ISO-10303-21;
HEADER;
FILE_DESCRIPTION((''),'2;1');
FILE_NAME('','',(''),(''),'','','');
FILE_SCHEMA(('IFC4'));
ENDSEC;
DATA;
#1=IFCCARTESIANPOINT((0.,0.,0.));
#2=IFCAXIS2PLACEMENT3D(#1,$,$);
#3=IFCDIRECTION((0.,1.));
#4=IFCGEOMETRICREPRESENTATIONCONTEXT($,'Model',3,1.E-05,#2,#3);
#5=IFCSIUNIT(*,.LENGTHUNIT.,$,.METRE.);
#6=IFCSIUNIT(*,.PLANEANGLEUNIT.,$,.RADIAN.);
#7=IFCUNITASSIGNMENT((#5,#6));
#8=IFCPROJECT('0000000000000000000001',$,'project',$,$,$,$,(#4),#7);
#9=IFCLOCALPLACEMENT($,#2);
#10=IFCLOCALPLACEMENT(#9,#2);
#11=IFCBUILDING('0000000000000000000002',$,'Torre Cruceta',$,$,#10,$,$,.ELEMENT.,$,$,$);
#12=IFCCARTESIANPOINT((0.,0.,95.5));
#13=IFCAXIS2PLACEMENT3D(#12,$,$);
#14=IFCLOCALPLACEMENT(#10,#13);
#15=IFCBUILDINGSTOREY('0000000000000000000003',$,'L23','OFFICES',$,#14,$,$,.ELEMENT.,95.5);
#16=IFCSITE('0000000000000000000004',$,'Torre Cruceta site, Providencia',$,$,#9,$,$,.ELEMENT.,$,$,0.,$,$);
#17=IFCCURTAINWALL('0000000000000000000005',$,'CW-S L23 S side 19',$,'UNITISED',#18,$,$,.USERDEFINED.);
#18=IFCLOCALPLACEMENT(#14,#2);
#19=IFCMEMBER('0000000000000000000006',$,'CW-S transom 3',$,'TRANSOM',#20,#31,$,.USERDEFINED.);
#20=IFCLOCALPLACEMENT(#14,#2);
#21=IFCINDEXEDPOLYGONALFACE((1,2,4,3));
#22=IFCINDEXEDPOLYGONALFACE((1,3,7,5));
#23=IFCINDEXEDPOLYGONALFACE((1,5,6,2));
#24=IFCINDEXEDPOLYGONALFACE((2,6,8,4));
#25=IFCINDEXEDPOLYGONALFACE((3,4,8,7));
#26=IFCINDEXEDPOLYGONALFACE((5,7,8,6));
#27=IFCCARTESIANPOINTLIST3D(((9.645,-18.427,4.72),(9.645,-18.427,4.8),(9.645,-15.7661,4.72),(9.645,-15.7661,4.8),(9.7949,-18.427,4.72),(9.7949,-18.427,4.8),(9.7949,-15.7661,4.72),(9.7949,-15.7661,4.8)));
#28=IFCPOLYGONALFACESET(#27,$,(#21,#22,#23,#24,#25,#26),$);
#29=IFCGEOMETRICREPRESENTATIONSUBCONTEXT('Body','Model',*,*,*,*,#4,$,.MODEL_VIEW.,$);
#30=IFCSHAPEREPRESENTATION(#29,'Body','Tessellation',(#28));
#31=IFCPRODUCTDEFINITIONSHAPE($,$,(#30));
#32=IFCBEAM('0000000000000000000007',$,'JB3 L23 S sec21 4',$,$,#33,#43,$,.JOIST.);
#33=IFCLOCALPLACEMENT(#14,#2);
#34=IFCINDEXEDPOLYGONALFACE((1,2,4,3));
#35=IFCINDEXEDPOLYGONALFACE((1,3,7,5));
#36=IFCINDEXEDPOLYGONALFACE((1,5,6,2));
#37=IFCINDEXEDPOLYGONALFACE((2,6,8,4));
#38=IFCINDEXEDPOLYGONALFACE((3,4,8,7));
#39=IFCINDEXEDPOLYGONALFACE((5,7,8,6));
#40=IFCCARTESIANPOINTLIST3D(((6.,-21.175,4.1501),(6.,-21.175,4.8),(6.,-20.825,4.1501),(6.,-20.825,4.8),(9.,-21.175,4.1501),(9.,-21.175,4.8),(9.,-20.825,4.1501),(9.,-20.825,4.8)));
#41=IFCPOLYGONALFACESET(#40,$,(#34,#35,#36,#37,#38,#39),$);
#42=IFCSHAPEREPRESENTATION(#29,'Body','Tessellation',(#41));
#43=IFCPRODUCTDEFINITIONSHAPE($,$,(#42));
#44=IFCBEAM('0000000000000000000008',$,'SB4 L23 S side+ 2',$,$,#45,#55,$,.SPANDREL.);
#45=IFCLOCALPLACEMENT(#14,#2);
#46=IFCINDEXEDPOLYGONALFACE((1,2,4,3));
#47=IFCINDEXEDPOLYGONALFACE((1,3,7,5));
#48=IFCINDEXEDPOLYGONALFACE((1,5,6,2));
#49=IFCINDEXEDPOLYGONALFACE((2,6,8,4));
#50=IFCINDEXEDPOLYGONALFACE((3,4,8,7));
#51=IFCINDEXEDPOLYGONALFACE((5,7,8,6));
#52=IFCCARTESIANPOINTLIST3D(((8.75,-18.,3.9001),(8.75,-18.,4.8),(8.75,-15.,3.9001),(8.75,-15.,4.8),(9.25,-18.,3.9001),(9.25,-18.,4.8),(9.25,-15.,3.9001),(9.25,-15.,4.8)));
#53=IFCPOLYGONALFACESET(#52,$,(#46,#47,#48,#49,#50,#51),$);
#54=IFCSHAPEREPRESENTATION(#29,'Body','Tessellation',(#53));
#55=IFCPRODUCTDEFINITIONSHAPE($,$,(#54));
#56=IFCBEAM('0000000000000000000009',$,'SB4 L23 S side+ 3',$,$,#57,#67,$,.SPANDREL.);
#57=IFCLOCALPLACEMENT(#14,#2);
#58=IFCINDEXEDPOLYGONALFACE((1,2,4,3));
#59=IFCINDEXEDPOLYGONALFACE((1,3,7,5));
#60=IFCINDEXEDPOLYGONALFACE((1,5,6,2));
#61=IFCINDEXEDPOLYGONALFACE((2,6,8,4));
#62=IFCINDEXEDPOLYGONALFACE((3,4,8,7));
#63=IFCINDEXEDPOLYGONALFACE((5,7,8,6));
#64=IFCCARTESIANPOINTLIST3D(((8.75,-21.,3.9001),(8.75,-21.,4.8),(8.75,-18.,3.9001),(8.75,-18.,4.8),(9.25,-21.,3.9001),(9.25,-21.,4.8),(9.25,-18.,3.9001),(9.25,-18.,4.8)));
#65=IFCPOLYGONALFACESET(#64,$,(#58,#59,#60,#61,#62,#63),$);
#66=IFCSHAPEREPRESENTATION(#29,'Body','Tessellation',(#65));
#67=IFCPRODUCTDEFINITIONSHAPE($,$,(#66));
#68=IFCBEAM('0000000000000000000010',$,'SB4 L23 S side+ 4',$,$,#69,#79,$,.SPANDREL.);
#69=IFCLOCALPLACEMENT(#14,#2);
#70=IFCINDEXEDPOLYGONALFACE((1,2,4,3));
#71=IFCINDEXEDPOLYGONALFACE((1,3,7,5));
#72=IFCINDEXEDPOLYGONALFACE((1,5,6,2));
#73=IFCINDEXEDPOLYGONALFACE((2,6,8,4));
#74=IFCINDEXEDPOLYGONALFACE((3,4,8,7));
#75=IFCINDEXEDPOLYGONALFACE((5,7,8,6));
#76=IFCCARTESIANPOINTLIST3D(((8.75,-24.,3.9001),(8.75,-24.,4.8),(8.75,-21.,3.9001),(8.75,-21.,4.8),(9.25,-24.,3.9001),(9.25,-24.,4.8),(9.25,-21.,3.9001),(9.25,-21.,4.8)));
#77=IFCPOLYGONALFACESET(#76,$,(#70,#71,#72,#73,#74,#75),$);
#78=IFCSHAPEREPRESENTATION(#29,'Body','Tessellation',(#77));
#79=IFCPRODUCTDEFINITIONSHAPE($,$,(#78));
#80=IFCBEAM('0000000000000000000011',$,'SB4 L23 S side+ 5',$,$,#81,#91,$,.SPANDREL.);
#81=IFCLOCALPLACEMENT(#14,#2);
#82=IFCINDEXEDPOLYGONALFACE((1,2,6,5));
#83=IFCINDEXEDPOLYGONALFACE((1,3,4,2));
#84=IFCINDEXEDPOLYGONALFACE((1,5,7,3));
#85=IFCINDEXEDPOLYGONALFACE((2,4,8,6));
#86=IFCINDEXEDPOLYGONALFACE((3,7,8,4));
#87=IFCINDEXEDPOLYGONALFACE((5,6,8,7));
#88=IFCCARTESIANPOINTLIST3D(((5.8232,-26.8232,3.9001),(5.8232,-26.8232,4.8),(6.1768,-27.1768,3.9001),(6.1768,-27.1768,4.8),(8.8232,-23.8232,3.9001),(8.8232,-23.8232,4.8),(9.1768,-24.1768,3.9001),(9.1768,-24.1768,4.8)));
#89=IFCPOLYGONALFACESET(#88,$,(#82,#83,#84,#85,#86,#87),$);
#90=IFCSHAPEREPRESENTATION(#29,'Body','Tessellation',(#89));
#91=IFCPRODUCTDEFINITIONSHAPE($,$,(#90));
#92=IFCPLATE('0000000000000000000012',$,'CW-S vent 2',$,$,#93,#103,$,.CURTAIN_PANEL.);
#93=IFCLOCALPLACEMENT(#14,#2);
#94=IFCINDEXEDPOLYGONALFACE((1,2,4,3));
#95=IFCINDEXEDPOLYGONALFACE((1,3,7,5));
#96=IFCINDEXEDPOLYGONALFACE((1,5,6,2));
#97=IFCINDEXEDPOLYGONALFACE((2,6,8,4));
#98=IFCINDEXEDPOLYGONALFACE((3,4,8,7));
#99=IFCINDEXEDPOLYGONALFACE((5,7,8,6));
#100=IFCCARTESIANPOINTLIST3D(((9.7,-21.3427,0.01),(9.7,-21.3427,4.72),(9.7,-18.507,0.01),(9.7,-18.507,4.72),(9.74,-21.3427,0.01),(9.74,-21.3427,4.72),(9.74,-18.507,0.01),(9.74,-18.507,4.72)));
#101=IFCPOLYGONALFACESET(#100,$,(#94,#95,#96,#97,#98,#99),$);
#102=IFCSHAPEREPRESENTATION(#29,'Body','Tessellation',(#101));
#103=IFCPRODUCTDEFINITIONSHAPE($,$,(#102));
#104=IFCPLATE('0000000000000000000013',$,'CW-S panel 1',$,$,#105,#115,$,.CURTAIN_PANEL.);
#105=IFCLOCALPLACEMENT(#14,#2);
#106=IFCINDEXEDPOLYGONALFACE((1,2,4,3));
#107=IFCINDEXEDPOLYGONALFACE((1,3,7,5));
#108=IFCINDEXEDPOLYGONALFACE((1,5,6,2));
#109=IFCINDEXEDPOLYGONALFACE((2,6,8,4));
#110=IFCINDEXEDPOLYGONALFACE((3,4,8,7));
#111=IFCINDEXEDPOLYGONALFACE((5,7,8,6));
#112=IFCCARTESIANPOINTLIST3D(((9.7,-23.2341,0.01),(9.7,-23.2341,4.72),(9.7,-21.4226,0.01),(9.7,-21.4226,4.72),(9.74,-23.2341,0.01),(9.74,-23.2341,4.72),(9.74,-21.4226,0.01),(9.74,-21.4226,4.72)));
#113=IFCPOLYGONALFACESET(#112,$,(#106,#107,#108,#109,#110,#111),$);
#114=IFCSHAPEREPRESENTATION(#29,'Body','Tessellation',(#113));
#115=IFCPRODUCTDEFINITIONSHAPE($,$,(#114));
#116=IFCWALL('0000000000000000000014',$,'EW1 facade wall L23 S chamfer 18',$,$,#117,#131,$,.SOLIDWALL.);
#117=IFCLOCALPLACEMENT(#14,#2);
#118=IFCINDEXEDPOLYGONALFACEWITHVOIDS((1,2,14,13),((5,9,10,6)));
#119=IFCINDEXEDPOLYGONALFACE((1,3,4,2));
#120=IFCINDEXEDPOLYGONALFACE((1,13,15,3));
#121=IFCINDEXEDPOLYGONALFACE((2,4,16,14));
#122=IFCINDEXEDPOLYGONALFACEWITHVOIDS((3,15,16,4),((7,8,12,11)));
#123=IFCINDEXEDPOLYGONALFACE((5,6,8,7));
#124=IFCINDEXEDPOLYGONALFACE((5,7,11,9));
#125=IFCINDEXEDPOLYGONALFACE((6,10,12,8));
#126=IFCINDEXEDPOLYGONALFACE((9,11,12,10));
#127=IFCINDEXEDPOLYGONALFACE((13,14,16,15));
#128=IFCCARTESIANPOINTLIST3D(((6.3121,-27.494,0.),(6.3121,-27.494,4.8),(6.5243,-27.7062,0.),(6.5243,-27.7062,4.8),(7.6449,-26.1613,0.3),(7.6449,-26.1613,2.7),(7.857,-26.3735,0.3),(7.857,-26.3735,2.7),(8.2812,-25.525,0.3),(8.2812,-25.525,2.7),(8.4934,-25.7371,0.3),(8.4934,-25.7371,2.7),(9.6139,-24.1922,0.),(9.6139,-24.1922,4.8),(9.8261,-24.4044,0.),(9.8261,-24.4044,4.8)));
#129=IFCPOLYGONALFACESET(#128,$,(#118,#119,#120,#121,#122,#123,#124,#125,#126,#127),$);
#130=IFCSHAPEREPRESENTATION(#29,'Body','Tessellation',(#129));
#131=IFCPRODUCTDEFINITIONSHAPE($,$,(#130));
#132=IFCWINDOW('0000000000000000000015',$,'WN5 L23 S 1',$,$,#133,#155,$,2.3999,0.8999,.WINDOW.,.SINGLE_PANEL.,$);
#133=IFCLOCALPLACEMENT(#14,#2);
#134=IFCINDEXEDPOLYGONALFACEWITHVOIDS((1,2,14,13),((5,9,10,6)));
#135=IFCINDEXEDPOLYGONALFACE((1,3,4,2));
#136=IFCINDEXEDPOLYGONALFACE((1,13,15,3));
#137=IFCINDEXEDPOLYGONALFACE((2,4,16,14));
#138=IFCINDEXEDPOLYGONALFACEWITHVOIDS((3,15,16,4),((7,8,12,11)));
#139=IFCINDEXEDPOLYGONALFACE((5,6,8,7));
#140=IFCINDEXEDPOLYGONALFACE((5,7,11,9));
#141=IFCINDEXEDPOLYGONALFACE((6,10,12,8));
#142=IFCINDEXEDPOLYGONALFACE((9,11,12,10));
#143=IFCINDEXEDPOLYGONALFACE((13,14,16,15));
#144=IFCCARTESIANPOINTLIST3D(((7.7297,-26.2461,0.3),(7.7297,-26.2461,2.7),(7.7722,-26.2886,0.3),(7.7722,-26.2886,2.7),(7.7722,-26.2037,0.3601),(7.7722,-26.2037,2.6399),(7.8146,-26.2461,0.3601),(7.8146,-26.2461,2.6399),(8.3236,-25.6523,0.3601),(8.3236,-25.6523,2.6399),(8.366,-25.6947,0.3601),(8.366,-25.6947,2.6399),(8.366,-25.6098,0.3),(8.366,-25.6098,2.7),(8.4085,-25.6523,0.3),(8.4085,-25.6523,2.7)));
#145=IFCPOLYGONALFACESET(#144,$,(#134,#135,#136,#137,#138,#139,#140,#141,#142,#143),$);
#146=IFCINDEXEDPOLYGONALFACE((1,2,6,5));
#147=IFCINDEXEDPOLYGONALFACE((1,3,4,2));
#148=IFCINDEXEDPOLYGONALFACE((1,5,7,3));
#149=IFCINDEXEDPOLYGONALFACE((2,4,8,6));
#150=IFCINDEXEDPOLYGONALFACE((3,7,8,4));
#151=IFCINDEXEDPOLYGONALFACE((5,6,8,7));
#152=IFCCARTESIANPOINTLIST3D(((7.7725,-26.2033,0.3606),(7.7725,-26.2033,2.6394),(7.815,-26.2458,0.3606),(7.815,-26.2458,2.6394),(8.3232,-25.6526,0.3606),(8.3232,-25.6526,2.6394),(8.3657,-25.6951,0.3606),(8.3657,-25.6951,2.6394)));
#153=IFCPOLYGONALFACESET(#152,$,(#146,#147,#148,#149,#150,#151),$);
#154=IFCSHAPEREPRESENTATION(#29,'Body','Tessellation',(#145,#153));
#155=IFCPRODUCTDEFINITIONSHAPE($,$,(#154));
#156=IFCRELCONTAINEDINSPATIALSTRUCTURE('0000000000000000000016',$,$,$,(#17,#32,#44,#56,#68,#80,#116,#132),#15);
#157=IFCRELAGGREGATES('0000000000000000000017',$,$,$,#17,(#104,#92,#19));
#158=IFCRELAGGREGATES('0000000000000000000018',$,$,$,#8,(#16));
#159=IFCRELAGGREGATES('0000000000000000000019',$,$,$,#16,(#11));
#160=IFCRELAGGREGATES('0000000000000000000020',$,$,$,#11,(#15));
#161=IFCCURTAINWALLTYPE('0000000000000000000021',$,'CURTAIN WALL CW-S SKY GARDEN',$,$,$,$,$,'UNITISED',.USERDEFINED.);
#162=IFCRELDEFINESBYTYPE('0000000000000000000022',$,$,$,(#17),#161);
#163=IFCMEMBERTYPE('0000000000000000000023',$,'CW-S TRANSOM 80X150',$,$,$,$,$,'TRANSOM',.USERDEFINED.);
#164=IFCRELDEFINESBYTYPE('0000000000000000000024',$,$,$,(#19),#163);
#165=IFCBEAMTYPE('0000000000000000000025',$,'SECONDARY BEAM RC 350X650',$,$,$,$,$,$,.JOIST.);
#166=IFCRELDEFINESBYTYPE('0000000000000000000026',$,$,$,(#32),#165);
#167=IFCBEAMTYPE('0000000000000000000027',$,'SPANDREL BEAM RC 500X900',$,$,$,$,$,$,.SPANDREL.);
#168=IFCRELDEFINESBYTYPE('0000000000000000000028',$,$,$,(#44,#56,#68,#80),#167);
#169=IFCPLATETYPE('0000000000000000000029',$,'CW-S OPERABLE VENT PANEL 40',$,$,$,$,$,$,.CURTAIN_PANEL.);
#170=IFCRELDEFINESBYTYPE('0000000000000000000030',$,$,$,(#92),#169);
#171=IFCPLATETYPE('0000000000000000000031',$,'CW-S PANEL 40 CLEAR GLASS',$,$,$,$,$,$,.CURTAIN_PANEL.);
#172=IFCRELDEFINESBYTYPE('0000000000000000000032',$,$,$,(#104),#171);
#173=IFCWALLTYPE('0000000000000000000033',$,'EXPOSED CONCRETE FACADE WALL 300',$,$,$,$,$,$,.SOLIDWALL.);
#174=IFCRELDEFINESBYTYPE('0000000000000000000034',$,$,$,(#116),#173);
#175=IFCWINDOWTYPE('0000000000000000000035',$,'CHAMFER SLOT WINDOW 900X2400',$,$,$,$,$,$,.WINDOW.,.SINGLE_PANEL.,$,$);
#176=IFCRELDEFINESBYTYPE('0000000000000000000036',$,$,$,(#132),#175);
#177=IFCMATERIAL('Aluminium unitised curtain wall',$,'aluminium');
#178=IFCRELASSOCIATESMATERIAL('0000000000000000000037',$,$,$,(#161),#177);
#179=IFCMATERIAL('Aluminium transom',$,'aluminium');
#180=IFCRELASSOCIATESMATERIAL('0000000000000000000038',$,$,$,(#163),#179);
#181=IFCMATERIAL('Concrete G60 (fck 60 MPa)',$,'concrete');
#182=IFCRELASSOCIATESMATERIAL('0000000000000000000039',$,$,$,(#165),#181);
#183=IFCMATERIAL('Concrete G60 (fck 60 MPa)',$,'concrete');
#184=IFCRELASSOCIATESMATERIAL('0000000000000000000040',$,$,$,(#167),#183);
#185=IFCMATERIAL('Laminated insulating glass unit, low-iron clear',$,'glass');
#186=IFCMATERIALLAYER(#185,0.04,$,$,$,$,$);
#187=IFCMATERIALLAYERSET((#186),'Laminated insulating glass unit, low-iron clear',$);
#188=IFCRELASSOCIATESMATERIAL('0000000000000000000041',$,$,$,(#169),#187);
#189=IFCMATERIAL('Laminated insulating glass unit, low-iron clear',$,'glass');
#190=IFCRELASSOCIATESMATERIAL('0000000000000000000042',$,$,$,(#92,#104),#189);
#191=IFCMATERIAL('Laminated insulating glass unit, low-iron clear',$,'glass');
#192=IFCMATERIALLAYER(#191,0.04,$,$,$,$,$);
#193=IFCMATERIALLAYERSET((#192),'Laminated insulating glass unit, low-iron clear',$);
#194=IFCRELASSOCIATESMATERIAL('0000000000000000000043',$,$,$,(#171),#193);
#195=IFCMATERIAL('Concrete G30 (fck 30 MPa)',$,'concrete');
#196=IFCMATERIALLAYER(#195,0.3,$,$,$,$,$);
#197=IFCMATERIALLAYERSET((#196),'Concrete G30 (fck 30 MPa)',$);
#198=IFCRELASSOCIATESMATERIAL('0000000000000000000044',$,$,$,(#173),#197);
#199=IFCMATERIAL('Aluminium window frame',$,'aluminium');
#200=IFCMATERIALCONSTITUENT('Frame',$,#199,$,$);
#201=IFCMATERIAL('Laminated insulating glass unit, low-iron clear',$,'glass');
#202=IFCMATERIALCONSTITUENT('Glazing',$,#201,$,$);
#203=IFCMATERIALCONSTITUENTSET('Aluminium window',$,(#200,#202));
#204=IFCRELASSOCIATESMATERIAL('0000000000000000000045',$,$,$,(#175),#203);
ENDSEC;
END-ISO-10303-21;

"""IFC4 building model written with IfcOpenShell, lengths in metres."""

from ifc_helpers import new_model, si_unit, direction, frame, frame_2d, origin, origin_2d, place, context, subcontext, project, spatial, rectangle, hollow_rectangle, extrude, material, layer, layer_set, constituent, constituent_set, material_profile, profile_set, type_object, element, fill, aggregate, save


model = new_model("IFC4")

# Units and contexts
model_context = context("Model", 3, precision=1e-05, world=origin(), true_north=direction((0.0, 1.0)))
body_context = subcontext(model_context, "Body", "Model", "MODEL_VIEW")
ifc_project = project(units=[si_unit("LENGTHUNIT", "METRE"), si_unit("PLANEANGLEUNIT", "RADIAN")], contexts=[model_context])

# Site, building, storey
site_placement = place(None, origin())
site = spatial("IfcSite", under=ifc_project, at=site_placement, Name="Torre Cruceta site, Providencia", CompositionType="ELEMENT", RefElevation=0.0)
building_placement = place(site_placement, origin())
building = spatial("IfcBuilding", under=site, at=building_placement, Name="Torre Cruceta", CompositionType="ELEMENT")
storey_placement = place(building_placement, frame((0.0, 0.0, 95.5)))
storey = spatial("IfcBuildingStorey", under=building, at=storey_placement, Name="L23", Description="OFFICES", CompositionType="ELEMENT", Elevation=95.5)

# Curtain wall, member
ifc_material_1 = material(Name="Aluminium unitised curtain wall", Category="aluminium")
curtain_wall_type = type_object("IfcCurtainWallType", Name="CURTAIN WALL CW-S SKY GARDEN", ElementType="UNITISED", PredefinedType="USERDEFINED", material=ifc_material_1)
curtain_wall_placement = place(storey_placement, origin())
curtain_wall = element("IfcCurtainWall", 1, at=curtain_wall_placement, inside=storey, type_object=curtain_wall_type, Name="CW-S L23 S side 19", ObjectType="UNITISED", PredefinedType="USERDEFINED")
ifc_material_2 = material(Name="Aluminium transom", Category="aluminium")
ifc_material_profile_1 = material_profile(ifc_material_2, rectangle(XDim=0.1499, YDim=0.0801, at=origin_2d()), Name="AL 150X80")
ifc_profile_set_1 = profile_set([ifc_material_profile_1], Name="Aluminium transom")
member_type_1 = type_object("IfcMemberType", Name="CW-S TRANSOM 80X150", ElementType="TRANSOM", PredefinedType="USERDEFINED", material=ifc_profile_set_1)
member_1_placement = place(storey_placement, frame((9.72, -18.427, 4.76), z_axis=(0.0, 1.0, 0.0), x_axis=(-1.0, 0.0, 0.0)))
member_1 = element("IfcMember", 2, at=member_1_placement, type_object=member_type_1, Name="CW-S transom 3", ObjectType="TRANSOM", PredefinedType="USERDEFINED", context=body_context, shape_type="SweptSolid", body=[
    extrude(rectangle(XDim=0.1499, YDim=0.0801, at=origin_2d()), origin(), (0.0, 0.0, 1.0), 2.6609),
])

# Beams
ifc_material_3 = material(Name="Concrete G60 (fck 60 MPa)", Category="concrete")
ifc_material_profile_2 = material_profile(ifc_material_3, rectangle(XDim=0.3501, YDim=0.6499, at=origin_2d()), Name="RC 350X650")
ifc_profile_set_2 = profile_set([ifc_material_profile_2], Name="Concrete G60 (fck 60 MPa)")
beam_type_1 = type_object("IfcBeamType", Name="SECONDARY BEAM RC 350X650", PredefinedType="JOIST", material=ifc_profile_set_2)
beam_1_placement = place(storey_placement, frame((6.0, -21.0, 4.4751), z_axis=(1.0, 0.0, 0.0), x_axis=(0.0, 1.0, 0.0)))
element("IfcBeam", 3, at=beam_1_placement, inside=storey, type_object=beam_type_1, Name="JB3 L23 S sec21 4", PredefinedType="JOIST", context=body_context, shape_type="SweptSolid", body=[
    extrude(rectangle(XDim=0.3501, YDim=0.6499, at=origin_2d()), origin(), (0.0, 0.0, 1.0), 3.0),
])
ifc_material_4 = material(Name="Concrete G60 (fck 60 MPa)", Category="concrete")
ifc_material_profile_3 = material_profile(ifc_material_4, rectangle(XDim=0.5, YDim=0.8999, at=origin_2d()), Name="RC 500X900")
ifc_profile_set_3 = profile_set([ifc_material_profile_3], Name="Concrete G60 (fck 60 MPa)")
beam_type_2 = type_object("IfcBeamType", Name="SPANDREL BEAM RC 500X900", PredefinedType="SPANDREL", material=ifc_profile_set_3)
for number, where, z_axis, x_axis, name in (
    (4, (9.0, -15.0, 4.3501), (0.0, -1.0, 0.0), (1.0, 0.0, 0.0), "SB4 L23 S side+ 2"),
    (5, (9.0, -18.0, 4.3501), (0.0, -1.0, 0.0), (1.0, 0.0, 0.0), "SB4 L23 S side+ 3"),
    (6, (9.0, -21.0, 4.3501), (0.0, -1.0, 0.0), (1.0, 0.0, 0.0), "SB4 L23 S side+ 4"),
):
    element("IfcBeam", number, at=place(storey_placement, frame(where, z_axis=z_axis, x_axis=x_axis)), inside=storey, type_object=beam_type_2, Name=name, PredefinedType="SPANDREL", context=body_context, shape_type="SweptSolid", body=[
        extrude(rectangle(XDim=0.5, YDim=0.8999, at=origin_2d()), origin(), (0.0, 0.0, 1.0), 3.0),
    ])
beam_2_placement = place(storey_placement, frame((9.0, -24.0, 4.3501), z_axis=(-0.707107, -0.707107, 0.0), x_axis=(0.707107, -0.707107, 0.0)))
element("IfcBeam", 7, at=beam_2_placement, inside=storey, type_object=beam_type_2, Name="SB4 L23 S side+ 5", PredefinedType="SPANDREL", context=body_context, shape_type="SweptSolid", body=[
    extrude(rectangle(XDim=0.5, YDim=0.8999, at=origin_2d()), origin(), (0.0, 0.0, 1.0), 4.2427),
])

# Plates
ifc_material_5 = material(Name="Laminated insulating glass unit, low-iron clear", Category="glass")
ifc_material_6 = material(Name="Laminated insulating glass unit, low-iron clear", Category="glass")
ifc_layer_1 = layer(ifc_material_6, 0.04)
ifc_layer_set_1 = layer_set([ifc_layer_1], Name="Laminated insulating glass unit, low-iron clear")
plate_type_1 = type_object("IfcPlateType", Name="CW-S OPERABLE VENT PANEL 40", PredefinedType="CURTAIN_PANEL", material=ifc_layer_set_1)
plate_1_placement = place(storey_placement, frame((9.72, -19.9248, 0.01), z_axis=(0.0, 0.0, 1.0), x_axis=(0.0, 1.0, 0.0)))
plate_1 = element("IfcPlate", 8, at=plate_1_placement, type_object=plate_type_1, material=ifc_material_5, Name="CW-S vent 2", PredefinedType="CURTAIN_PANEL", context=body_context, shape_type="SweptSolid", body=[
    extrude(rectangle(XDim=2.8357, YDim=0.04, at=origin_2d()), origin(), (0.0, 0.0, 1.0), 4.71),
])
ifc_material_7 = material(Name="Laminated insulating glass unit, low-iron clear", Category="glass")
ifc_layer_2 = layer(ifc_material_7, 0.04)
ifc_layer_set_2 = layer_set([ifc_layer_2], Name="Laminated insulating glass unit, low-iron clear")
plate_type_2 = type_object("IfcPlateType", Name="CW-S PANEL 40 CLEAR GLASS", PredefinedType="CURTAIN_PANEL", material=ifc_layer_set_2)
plate_2_placement = place(storey_placement, frame((9.72, -22.3284, 0.01), z_axis=(0.0, 0.0, 1.0), x_axis=(0.0, 1.0, 0.0)))
plate_2 = element("IfcPlate", 9, at=plate_2_placement, type_object=plate_type_2, material=ifc_material_5, Name="CW-S panel 1", PredefinedType="CURTAIN_PANEL", context=body_context, shape_type="SweptSolid", body=[
    extrude(rectangle(XDim=1.8115, YDim=0.04, at=origin_2d()), origin(), (0.0, 0.0, 1.0), 4.71),
])
aggregate(curtain_wall, [plate_2, plate_1, member_1])

# Wall, opening, window
ifc_material_8 = material(Name="Concrete G30 (fck 30 MPa)", Category="concrete")
ifc_layer_3 = layer(ifc_material_8, 0.3)
ifc_layer_set_3 = layer_set([ifc_layer_3], Name="Concrete G30 (fck 30 MPa)")
wall_type_1 = type_object("IfcWallType", Name="EXPOSED CONCRETE FACADE WALL 300", PredefinedType="SOLIDWALL", material=ifc_layer_set_3)
wall_1_placement = place(storey_placement, frame((6.4182, -27.6001, 0.0), z_axis=(0.0, 0.0, 1.0), x_axis=(0.707107, 0.707107, 0.0)))
wall_1 = element("IfcWall", 10, at=wall_1_placement, inside=storey, type_object=wall_type_1, Name="EW1 facade wall L23 S chamfer 18", PredefinedType="SOLIDWALL", context=body_context, shape_type="SweptSolid", body=[
    extrude(rectangle(XDim=4.6694, YDim=0.3, at=frame_2d((2.3347, 0.0))), origin(), (0.0, 0.0, 1.0), 4.8),
])
opening_1_placement = place(wall_1_placement, frame((1.8848, 0.0, 0.3)))
opening_1 = element("IfcOpeningElement", 11, at=opening_1_placement, cuts=wall_1, PredefinedType="OPENING", context=body_context, shape_type="SweptSolid", body=[
    extrude(rectangle(XDim=0.8999, YDim=2.3999, at=frame_2d((0.45, 1.2))), frame((0.0, 0.1599, 0.0), z_axis=(0.0, -1.0, 0.0), x_axis=(1.0, 0.0, 0.0)), (0.0, 0.0, 1.0), 0.3201),
])
ifc_material_9 = material(Name="Aluminium window frame", Category="aluminium")
ifc_constituent_1 = constituent(ifc_material_9, Name="Frame")
ifc_material_10 = material(Name="Laminated insulating glass unit, low-iron clear", Category="glass")
ifc_constituent_2 = constituent(ifc_material_10, Name="Glazing")
ifc_constituent_set_1 = constituent_set(constituents=[ifc_constituent_1, ifc_constituent_2], Name="Aluminium window")
window_type = type_object("IfcWindowType", Name="CHAMFER SLOT WINDOW 900X2400", PartitioningType="SINGLE_PANEL", PredefinedType="WINDOW", material=ifc_constituent_set_1)
window_placement = place(opening_1_placement, origin())
window = element("IfcWindow", 12, at=window_placement, inside=storey, type_object=window_type, Name="WN5 L23 S 1", OverallHeight=2.3999, OverallWidth=0.8999, PartitioningType="SINGLE_PANEL", PredefinedType="WINDOW", context=body_context, shape_type="SweptSolid", body=[
    extrude(hollow_rectangle(XDim=0.8999, YDim=2.3999, WallThickness=0.0601, at=frame_2d((0.45, 1.2))), frame((0.0, 0.03, 0.0), z_axis=(0.0, -1.0, 0.0), x_axis=(1.0, 0.0, 0.0)), (0.0, 0.0, 1.0), 0.0601),
    extrude(rectangle(XDim=0.7788, YDim=2.2788, at=frame_2d((0.45, 1.2))), frame((0.0, 0.03, 0.0), z_axis=(0.0, -1.0, 0.0), x_axis=(1.0, 0.0, 0.0)), (0.0, 0.0, 1.0), 0.0601),
])
fill(opening_1, window)

save(model, "model.ifc")
